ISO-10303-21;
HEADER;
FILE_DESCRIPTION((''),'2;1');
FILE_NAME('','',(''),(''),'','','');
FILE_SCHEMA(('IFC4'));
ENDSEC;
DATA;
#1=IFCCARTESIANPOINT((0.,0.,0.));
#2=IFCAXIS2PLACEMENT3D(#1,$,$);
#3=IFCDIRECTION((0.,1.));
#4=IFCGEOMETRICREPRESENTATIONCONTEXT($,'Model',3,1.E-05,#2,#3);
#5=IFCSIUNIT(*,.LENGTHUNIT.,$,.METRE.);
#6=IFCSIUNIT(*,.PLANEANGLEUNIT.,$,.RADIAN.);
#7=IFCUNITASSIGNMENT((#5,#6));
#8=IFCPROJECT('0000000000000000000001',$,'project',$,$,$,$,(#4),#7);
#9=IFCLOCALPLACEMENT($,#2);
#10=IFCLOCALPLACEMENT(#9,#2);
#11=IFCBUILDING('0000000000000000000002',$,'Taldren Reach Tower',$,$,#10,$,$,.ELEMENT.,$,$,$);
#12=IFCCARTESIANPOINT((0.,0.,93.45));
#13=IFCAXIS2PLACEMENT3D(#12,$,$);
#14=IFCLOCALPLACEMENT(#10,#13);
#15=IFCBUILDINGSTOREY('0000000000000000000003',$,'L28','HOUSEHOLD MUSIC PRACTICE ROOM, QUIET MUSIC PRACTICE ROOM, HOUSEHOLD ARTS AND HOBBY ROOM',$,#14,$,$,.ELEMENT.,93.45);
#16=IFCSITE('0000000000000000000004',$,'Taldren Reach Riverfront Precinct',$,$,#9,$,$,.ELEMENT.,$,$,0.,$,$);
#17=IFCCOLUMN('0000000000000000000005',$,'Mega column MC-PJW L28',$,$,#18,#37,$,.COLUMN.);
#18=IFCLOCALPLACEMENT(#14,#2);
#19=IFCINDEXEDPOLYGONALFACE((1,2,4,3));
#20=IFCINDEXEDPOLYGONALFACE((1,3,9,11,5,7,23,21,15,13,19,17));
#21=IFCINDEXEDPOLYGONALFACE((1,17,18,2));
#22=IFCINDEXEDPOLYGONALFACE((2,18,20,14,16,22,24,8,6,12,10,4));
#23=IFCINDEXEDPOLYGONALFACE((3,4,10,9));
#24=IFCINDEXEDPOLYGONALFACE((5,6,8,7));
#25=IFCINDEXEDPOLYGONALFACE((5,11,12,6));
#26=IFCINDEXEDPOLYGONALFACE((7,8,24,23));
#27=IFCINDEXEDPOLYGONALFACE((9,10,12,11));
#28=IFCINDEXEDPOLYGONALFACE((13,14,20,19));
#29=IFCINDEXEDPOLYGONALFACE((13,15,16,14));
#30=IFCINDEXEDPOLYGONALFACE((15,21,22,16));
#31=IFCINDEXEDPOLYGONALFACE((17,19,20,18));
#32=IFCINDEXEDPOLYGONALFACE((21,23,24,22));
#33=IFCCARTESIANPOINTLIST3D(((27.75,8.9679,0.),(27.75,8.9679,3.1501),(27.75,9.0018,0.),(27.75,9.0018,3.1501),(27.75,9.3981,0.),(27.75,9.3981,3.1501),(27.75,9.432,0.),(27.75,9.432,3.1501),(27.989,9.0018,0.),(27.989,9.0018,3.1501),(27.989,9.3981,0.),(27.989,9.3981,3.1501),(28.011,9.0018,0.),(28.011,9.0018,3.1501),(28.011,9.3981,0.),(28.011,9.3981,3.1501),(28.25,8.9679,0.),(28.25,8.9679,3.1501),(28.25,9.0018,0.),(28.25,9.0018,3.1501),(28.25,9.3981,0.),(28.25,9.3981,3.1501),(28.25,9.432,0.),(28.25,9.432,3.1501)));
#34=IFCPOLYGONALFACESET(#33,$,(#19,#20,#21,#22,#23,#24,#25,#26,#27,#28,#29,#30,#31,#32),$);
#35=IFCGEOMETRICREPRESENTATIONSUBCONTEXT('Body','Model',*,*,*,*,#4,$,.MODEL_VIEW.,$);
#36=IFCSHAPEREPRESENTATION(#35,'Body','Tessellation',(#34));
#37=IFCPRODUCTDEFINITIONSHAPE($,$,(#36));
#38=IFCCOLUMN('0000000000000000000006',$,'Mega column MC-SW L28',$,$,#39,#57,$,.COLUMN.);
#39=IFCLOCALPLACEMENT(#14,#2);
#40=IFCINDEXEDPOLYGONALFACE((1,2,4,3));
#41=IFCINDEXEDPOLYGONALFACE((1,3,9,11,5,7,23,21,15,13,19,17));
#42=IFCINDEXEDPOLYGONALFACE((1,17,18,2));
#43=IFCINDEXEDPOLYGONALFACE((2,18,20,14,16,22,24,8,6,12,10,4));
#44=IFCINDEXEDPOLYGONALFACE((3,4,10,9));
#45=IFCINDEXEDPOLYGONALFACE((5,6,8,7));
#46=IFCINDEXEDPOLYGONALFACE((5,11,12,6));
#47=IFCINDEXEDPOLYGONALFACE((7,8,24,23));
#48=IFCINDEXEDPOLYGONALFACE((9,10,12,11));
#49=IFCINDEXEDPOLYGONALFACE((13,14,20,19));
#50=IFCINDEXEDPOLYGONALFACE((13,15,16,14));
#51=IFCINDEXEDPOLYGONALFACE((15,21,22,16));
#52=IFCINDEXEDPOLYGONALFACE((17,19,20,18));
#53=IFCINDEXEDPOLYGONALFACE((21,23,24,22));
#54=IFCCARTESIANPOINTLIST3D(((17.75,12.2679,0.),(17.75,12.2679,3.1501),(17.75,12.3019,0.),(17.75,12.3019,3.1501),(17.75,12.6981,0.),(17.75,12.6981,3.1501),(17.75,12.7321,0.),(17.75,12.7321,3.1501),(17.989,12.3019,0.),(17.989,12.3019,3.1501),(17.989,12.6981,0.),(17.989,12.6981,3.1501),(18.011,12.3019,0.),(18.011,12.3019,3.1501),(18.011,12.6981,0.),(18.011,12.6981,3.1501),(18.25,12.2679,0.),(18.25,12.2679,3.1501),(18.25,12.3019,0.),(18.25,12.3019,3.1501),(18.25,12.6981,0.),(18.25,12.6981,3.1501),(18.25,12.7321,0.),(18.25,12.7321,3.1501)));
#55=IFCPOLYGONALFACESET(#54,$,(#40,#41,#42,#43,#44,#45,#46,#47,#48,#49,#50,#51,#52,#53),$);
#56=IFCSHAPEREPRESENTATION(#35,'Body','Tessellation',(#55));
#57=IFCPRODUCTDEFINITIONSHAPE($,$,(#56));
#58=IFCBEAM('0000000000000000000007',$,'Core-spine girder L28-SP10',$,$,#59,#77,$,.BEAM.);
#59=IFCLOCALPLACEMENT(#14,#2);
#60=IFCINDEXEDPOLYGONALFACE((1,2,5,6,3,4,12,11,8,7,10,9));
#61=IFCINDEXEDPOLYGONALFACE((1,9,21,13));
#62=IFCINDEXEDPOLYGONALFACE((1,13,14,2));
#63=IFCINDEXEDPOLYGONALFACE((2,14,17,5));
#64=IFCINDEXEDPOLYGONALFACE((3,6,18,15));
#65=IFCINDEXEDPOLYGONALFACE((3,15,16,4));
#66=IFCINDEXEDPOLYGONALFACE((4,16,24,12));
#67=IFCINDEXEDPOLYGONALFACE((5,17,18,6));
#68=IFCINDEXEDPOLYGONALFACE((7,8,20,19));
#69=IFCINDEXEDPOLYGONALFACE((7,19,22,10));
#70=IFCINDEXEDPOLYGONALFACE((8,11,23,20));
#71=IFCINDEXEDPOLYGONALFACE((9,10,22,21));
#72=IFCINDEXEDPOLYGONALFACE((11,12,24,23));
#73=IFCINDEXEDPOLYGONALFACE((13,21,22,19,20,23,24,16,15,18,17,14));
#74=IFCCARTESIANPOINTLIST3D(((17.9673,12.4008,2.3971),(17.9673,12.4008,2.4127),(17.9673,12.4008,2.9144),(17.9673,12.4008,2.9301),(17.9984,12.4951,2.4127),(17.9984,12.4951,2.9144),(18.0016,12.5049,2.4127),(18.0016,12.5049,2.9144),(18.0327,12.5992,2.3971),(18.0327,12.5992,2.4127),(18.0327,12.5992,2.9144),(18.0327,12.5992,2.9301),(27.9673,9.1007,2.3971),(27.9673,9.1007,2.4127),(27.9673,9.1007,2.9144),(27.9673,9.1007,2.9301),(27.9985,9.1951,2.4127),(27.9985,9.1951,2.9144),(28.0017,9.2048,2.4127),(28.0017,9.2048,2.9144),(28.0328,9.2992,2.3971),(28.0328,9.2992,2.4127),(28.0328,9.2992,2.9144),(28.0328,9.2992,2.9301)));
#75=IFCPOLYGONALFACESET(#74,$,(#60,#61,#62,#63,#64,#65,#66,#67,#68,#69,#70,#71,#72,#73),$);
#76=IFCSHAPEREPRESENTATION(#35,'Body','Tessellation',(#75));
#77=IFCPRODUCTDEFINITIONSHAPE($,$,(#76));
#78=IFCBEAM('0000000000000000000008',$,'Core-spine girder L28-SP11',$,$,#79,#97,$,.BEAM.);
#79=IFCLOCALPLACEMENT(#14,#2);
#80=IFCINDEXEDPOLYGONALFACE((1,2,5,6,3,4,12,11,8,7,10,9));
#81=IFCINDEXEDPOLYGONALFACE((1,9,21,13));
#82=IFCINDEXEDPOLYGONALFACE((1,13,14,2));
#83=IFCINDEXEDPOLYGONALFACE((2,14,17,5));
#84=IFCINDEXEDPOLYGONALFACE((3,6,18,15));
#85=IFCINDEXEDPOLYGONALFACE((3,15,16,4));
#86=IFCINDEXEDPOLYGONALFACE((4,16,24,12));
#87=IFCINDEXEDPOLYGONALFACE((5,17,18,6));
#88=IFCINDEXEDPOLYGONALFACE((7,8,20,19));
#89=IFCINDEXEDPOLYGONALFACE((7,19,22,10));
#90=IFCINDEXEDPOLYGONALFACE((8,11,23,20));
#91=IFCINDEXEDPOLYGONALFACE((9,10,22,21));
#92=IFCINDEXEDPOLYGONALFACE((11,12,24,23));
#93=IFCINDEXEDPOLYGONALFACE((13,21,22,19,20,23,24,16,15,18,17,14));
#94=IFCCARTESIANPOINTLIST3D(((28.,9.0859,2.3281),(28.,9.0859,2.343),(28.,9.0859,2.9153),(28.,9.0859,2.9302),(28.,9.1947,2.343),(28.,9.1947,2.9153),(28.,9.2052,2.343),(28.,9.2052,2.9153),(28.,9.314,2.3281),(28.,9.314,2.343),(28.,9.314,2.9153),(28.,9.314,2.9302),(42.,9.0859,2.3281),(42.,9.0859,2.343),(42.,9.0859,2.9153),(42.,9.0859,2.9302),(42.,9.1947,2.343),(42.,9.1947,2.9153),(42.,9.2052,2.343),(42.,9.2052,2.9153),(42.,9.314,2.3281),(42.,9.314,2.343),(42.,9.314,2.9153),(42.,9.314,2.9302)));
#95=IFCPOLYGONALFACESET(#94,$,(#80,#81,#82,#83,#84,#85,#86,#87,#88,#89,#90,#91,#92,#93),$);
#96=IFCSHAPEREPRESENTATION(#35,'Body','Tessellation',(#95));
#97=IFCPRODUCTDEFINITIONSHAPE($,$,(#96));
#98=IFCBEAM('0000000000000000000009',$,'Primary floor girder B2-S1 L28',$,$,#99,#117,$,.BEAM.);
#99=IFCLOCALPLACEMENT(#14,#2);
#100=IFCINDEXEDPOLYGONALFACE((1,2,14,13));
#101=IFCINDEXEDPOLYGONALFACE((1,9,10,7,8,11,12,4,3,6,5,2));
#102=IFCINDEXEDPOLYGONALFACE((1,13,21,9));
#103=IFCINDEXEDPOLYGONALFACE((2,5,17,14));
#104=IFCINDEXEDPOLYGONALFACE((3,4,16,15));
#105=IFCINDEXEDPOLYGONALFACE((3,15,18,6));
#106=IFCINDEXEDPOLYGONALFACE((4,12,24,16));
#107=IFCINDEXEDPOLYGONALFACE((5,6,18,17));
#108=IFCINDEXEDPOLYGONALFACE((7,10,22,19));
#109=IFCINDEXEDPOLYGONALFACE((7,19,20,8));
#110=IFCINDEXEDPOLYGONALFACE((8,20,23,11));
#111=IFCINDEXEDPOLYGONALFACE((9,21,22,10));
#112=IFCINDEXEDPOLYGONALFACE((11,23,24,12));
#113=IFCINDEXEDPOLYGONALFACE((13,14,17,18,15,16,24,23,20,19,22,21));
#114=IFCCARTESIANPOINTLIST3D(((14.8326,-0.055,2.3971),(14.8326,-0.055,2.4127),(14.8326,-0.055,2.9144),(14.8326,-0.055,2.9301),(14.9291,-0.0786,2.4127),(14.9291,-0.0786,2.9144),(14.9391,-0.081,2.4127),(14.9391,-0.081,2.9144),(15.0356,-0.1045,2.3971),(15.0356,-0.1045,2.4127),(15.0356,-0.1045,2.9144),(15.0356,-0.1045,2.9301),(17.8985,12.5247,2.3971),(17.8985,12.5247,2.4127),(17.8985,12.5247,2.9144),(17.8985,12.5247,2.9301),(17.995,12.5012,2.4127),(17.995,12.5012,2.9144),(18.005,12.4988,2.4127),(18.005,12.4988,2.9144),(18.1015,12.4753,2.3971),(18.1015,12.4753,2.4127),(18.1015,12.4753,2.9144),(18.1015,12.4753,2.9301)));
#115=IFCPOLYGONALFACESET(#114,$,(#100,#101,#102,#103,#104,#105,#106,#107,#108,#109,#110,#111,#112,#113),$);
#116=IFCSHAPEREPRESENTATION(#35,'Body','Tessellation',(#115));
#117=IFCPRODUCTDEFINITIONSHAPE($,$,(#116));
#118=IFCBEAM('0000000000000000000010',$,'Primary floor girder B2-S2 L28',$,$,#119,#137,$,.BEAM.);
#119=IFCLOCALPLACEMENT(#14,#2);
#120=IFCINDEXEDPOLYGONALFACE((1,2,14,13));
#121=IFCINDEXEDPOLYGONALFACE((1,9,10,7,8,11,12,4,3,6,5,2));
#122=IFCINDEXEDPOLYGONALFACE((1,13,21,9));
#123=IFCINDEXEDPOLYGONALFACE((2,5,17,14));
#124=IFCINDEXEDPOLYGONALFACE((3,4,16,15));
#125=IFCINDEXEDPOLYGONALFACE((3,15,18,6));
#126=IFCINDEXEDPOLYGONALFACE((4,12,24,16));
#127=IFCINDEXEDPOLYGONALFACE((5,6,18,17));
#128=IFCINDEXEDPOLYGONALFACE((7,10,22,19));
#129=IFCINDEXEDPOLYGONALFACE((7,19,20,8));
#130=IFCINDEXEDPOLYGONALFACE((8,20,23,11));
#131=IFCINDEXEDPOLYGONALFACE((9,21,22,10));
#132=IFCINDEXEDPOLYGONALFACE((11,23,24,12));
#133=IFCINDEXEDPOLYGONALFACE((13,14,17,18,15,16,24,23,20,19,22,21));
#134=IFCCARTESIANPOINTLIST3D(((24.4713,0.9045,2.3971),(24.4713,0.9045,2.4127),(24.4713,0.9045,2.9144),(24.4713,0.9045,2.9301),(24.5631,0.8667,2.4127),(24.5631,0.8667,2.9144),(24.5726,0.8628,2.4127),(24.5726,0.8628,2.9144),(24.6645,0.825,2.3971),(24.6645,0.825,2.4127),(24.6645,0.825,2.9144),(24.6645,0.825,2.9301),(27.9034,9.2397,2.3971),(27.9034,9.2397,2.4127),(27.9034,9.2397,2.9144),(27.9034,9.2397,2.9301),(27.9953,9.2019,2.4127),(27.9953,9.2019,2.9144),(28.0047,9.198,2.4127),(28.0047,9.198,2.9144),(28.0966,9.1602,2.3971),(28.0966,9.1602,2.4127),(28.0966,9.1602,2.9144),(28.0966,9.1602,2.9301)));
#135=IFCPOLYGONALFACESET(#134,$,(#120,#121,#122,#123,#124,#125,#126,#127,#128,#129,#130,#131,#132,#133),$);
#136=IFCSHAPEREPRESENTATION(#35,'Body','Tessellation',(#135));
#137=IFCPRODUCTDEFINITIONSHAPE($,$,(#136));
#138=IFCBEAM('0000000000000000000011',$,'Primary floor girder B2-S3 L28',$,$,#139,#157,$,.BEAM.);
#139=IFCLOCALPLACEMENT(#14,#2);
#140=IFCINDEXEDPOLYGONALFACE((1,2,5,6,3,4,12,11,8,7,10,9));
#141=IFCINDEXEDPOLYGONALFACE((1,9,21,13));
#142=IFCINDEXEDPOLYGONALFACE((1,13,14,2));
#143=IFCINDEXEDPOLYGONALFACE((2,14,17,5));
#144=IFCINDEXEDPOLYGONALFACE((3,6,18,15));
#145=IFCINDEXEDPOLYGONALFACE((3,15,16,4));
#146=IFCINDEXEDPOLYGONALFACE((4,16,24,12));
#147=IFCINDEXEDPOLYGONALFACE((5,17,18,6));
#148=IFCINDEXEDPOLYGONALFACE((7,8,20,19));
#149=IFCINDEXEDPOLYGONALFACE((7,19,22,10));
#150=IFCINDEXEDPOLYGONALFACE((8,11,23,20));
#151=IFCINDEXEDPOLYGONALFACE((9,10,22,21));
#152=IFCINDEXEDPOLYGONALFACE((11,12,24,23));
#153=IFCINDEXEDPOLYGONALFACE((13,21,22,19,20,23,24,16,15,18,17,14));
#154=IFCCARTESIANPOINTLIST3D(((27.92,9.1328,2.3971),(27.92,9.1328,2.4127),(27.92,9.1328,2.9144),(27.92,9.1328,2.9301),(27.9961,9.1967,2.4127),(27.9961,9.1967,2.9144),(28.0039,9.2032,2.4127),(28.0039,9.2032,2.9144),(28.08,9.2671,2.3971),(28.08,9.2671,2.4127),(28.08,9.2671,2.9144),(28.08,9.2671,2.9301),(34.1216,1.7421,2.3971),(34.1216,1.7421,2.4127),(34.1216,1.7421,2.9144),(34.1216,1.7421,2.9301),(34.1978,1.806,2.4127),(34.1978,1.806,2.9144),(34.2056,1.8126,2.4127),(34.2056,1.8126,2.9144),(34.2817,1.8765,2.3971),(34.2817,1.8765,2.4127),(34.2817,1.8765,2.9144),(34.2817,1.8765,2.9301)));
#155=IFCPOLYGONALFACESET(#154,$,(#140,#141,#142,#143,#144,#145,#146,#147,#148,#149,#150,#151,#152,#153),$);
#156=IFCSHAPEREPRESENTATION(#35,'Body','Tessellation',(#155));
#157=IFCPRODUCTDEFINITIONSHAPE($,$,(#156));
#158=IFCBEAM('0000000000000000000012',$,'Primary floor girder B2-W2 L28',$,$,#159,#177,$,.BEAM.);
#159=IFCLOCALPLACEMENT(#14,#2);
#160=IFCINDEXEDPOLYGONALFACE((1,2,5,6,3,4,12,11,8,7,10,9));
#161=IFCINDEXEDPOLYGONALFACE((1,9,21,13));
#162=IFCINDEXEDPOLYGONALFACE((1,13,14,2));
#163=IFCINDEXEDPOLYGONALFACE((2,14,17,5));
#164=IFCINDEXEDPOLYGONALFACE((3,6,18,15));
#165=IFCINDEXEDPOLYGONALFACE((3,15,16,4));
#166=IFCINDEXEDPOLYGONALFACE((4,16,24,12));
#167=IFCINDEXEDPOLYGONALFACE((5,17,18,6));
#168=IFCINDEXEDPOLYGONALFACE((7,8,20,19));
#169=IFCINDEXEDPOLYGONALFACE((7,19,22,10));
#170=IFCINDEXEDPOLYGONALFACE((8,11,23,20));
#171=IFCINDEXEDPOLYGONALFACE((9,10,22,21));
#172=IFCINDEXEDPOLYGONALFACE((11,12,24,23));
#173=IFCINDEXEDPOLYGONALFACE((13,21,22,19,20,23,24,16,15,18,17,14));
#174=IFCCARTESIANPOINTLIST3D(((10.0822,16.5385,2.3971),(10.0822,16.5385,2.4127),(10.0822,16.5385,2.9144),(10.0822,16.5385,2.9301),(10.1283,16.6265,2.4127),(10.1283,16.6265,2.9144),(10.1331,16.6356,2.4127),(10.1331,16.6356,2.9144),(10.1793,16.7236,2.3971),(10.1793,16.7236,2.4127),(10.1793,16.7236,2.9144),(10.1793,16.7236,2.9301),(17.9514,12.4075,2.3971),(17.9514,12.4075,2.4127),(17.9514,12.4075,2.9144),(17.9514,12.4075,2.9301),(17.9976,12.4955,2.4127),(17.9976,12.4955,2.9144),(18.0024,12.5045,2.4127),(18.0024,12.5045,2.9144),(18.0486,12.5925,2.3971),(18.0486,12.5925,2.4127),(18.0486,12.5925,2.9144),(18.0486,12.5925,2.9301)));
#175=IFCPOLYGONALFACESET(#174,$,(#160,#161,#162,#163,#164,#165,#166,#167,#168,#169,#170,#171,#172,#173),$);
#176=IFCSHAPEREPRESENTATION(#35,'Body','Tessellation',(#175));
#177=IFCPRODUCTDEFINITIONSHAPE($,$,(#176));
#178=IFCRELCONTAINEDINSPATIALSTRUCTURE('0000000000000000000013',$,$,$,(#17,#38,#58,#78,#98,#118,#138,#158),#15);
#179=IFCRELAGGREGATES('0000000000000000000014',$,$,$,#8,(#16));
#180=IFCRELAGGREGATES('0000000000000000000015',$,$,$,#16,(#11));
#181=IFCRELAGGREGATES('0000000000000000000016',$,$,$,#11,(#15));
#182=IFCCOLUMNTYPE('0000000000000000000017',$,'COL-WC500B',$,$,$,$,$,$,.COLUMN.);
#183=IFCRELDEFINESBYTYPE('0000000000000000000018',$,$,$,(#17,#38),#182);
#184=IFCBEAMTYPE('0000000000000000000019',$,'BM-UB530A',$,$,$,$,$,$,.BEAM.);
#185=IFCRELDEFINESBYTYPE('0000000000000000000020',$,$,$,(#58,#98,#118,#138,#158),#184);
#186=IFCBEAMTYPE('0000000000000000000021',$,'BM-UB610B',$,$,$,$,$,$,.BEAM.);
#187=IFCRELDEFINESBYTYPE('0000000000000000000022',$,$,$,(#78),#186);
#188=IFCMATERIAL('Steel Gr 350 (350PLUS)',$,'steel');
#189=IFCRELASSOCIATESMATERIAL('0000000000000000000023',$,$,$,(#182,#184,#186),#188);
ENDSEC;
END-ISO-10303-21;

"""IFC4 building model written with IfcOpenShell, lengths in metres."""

from ifc_helpers import new_model, si_unit, direction, frame, origin, origin_2d, place, context, subcontext, project, spatial, i_section, extrude, source, transform, mapped, material, material_profile, profile_set, type_object, element, save


model = new_model("IFC4")

# Units and contexts
model_context = context("Model", 3, precision=1e-05, world=origin(), true_north=direction((0.0, 1.0)))
body_context = subcontext(model_context, "Body", "Model", "MODEL_VIEW")
ifc_project = project(units=[si_unit("LENGTHUNIT", "METRE"), si_unit("PLANEANGLEUNIT", "RADIAN")], contexts=[model_context])

# Site, building, storey
site_placement = place(None, origin())
site = spatial("IfcSite", under=ifc_project, at=site_placement, Name="Taldren Reach Riverfront Precinct", CompositionType="ELEMENT", RefElevation=0.0)
building_placement = place(site_placement, origin())
building = spatial("IfcBuilding", under=site, at=building_placement, Name="Taldren Reach Tower", CompositionType="ELEMENT")
storey_placement = place(building_placement, frame((0.0, 0.0, 93.45)))
storey = spatial("IfcBuildingStorey", under=building, at=storey_placement, Name="L28", Description="HOUSEHOLD MUSIC PRACTICE ROOM, QUIET MUSIC PRACTICE ROOM, HOUSEHOLD ARTS AND HOBBY ROOM", CompositionType="ELEMENT", Elevation=93.45)

# Columns
ifc_material_1 = material(Name="Steel Gr 350 (350PLUS)", Category="steel")
ifc_material_profile_1 = material_profile(ifc_material_1, i_section(OverallWidth=0.5, OverallDepth=0.4641, WebThickness=0.022, FlangeThickness=0.0339, at=origin_2d()), Name="500WC340")
ifc_profile_set_1 = profile_set([ifc_material_profile_1], Name="Steel Gr 350 (350PLUS)")
column_type = type_object("IfcColumnType", Name="COL-WC500B", PredefinedType="COLUMN", material=ifc_profile_set_1)
shared_shape_1 = source(origin(), body_context, "Body", "SweptSolid", [
    extrude(i_section(OverallWidth=0.5, OverallDepth=0.4641, WebThickness=0.022, FlangeThickness=0.0339, at=origin_2d()), origin(), (0.0, 0.0, 1.0), 3.1501),
])
for number, where, z_axis, x_axis, name in (
    (1, (28.0, 9.2, 0.0), (0.0, 0.0, 1.0), (1.0, 0.0, 0.0), "Mega column MC-PJW L28"),
    (2, (18.0, 12.5, 0.0), (0.0, 0.0, 1.0), (1.0, 0.0, 0.0), "Mega column MC-SW L28"),
):
    element("IfcColumn", number, at=place(storey_placement, frame(where, z_axis=z_axis, x_axis=x_axis)), inside=storey, type_object=column_type, Name=name, PredefinedType="COLUMN", context=body_context, shape_type="MappedRepresentation", body=[
        mapped(shared_shape_1, transform((0.0, 0.0, 0.0), scale=1.0)),
    ])

# Beams
ifc_material_profile_2 = material_profile(ifc_material_1, i_section(OverallWidth=0.209, OverallDepth=0.533, WebThickness=0.0103, FlangeThickness=0.0156, at=origin_2d()), Name="530UB92.4")
ifc_profile_set_2 = profile_set([ifc_material_profile_2], Name="Steel Gr 350 (350PLUS)")
beam_type_1 = type_object("IfcBeamType", Name="BM-UB530A", PredefinedType="BEAM", material=ifc_profile_set_2)
shared_shape_2 = source(origin(), body_context, "Body", "SweptSolid", [
    extrude(i_section(OverallWidth=0.209, OverallDepth=0.533, WebThickness=0.0103, FlangeThickness=0.0156, at=origin_2d()), origin(), (0.0, 0.0, 1.0), 10.5305),
])
beam_1_placement = place(storey_placement, frame((18.0, 12.5, 2.6636), z_axis=(0.949627, -0.313382, 0.0), x_axis=(0.313382, 0.949627, 0.0)))
element("IfcBeam", 3, at=beam_1_placement, inside=storey, type_object=beam_type_1, Name="Core-spine girder L28-SP10", PredefinedType="BEAM", context=body_context, shape_type="MappedRepresentation", body=[
    mapped(shared_shape_2, transform((0.0, 0.0, 0.0), scale=1.0)),
])
ifc_material_profile_3 = material_profile(ifc_material_1, i_section(OverallWidth=0.228, OverallDepth=0.6021, WebThickness=0.0105, FlangeThickness=0.0149, at=origin_2d()), Name="610UB101")
ifc_profile_set_3 = profile_set([ifc_material_profile_3], Name="Steel Gr 350 (350PLUS)")
beam_type_2 = type_object("IfcBeamType", Name="BM-UB610B", PredefinedType="BEAM", material=ifc_profile_set_3)
shared_shape_3 = source(origin(), body_context, "Body", "SweptSolid", [
    extrude(i_section(OverallWidth=0.228, OverallDepth=0.6021, WebThickness=0.0105, FlangeThickness=0.0149, at=origin_2d()), origin(), (0.0, 0.0, 1.0), 14.0),
])
beam_2_placement = place(storey_placement, frame((28.0, 9.2, 2.6292), z_axis=(1.0, 0.0, 0.0), x_axis=(0.0, 1.0, 0.0)))
element("IfcBeam", 4, at=beam_2_placement, inside=storey, type_object=beam_type_2, Name="Core-spine girder L28-SP11", PredefinedType="BEAM", context=body_context, shape_type="MappedRepresentation", body=[
    mapped(shared_shape_3, transform((0.0, 0.0, 0.0), scale=1.0)),
])
shared_shape_4 = source(origin(), body_context, "Body", "SweptSolid", [
    extrude(i_section(OverallWidth=0.209, OverallDepth=0.533, WebThickness=0.0103, FlangeThickness=0.0156, at=origin_2d()), origin(), (0.0, 0.0, 1.0), 12.948),
])
beam_3_placement = place(storey_placement, frame((18.0, 12.5, 2.6636), z_axis=(-0.236786, -0.971562, 0.0), x_axis=(0.971562, -0.236786, 0.0)))
element("IfcBeam", 5, at=beam_3_placement, inside=storey, type_object=beam_type_1, Name="Primary floor girder B2-S1 L28", PredefinedType="BEAM", context=body_context, shape_type="MappedRepresentation", body=[
    mapped(shared_shape_4, transform((0.0, 0.0, 0.0), scale=1.0)),
])
shared_shape_5 = source(origin(), body_context, "Body", "SweptSolid", [
    extrude(i_section(OverallWidth=0.209, OverallDepth=0.533, WebThickness=0.0103, FlangeThickness=0.0156, at=origin_2d()), origin(), (0.0, 0.0, 1.0), 9.0142),
])
beam_4_placement = place(storey_placement, frame((28.0, 9.2, 2.6636), z_axis=(-0.380748, -0.924679, 0.0), x_axis=(0.924679, -0.380748, 0.0)))
element("IfcBeam", 6, at=beam_4_placement, inside=storey, type_object=beam_type_1, Name="Primary floor girder B2-S2 L28", PredefinedType="BEAM", context=body_context, shape_type="MappedRepresentation", body=[
    mapped(shared_shape_5, transform((0.0, 0.0, 0.0), scale=1.0)),
])
shared_shape_6 = source(origin(), body_context, "Body", "SweptSolid", [
    extrude(i_section(OverallWidth=0.209, OverallDepth=0.533, WebThickness=0.0103, FlangeThickness=0.0156, at=origin_2d()), origin(), (0.0, 0.0, 1.0), 9.6479),
])
beam_5_placement = place(storey_placement, frame((28.0, 9.2, 2.6636), z_axis=(0.642799, -0.766035, 0.0), x_axis=(0.766035, 0.642799, 0.0)))
element("IfcBeam", 7, at=beam_5_placement, inside=storey, type_object=beam_type_1, Name="Primary floor girder B2-S3 L28", PredefinedType="BEAM", context=body_context, shape_type="MappedRepresentation", body=[
    mapped(shared_shape_6, transform((0.0, 0.0, 0.0), scale=1.0)),
])
shared_shape_7 = source(origin(), body_context, "Body", "SweptSolid", [
    extrude(i_section(OverallWidth=0.209, OverallDepth=0.533, WebThickness=0.0103, FlangeThickness=0.0156, at=origin_2d()), origin(), (0.0, 0.0, 1.0), 8.8877),
])
beam_6_placement = place(storey_placement, frame((18.0, 12.5, 2.6636), z_axis=(-0.885413, 0.464805, 0.0), x_axis=(-0.464805, -0.885413, 0.0)))
element("IfcBeam", 8, at=beam_6_placement, inside=storey, type_object=beam_type_1, Name="Primary floor girder B2-W2 L28", PredefinedType="BEAM", context=body_context, shape_type="MappedRepresentation", body=[
    mapped(shared_shape_7, transform((0.0, 0.0, 0.0), scale=1.0)),
])

save(model, "model.ifc")
